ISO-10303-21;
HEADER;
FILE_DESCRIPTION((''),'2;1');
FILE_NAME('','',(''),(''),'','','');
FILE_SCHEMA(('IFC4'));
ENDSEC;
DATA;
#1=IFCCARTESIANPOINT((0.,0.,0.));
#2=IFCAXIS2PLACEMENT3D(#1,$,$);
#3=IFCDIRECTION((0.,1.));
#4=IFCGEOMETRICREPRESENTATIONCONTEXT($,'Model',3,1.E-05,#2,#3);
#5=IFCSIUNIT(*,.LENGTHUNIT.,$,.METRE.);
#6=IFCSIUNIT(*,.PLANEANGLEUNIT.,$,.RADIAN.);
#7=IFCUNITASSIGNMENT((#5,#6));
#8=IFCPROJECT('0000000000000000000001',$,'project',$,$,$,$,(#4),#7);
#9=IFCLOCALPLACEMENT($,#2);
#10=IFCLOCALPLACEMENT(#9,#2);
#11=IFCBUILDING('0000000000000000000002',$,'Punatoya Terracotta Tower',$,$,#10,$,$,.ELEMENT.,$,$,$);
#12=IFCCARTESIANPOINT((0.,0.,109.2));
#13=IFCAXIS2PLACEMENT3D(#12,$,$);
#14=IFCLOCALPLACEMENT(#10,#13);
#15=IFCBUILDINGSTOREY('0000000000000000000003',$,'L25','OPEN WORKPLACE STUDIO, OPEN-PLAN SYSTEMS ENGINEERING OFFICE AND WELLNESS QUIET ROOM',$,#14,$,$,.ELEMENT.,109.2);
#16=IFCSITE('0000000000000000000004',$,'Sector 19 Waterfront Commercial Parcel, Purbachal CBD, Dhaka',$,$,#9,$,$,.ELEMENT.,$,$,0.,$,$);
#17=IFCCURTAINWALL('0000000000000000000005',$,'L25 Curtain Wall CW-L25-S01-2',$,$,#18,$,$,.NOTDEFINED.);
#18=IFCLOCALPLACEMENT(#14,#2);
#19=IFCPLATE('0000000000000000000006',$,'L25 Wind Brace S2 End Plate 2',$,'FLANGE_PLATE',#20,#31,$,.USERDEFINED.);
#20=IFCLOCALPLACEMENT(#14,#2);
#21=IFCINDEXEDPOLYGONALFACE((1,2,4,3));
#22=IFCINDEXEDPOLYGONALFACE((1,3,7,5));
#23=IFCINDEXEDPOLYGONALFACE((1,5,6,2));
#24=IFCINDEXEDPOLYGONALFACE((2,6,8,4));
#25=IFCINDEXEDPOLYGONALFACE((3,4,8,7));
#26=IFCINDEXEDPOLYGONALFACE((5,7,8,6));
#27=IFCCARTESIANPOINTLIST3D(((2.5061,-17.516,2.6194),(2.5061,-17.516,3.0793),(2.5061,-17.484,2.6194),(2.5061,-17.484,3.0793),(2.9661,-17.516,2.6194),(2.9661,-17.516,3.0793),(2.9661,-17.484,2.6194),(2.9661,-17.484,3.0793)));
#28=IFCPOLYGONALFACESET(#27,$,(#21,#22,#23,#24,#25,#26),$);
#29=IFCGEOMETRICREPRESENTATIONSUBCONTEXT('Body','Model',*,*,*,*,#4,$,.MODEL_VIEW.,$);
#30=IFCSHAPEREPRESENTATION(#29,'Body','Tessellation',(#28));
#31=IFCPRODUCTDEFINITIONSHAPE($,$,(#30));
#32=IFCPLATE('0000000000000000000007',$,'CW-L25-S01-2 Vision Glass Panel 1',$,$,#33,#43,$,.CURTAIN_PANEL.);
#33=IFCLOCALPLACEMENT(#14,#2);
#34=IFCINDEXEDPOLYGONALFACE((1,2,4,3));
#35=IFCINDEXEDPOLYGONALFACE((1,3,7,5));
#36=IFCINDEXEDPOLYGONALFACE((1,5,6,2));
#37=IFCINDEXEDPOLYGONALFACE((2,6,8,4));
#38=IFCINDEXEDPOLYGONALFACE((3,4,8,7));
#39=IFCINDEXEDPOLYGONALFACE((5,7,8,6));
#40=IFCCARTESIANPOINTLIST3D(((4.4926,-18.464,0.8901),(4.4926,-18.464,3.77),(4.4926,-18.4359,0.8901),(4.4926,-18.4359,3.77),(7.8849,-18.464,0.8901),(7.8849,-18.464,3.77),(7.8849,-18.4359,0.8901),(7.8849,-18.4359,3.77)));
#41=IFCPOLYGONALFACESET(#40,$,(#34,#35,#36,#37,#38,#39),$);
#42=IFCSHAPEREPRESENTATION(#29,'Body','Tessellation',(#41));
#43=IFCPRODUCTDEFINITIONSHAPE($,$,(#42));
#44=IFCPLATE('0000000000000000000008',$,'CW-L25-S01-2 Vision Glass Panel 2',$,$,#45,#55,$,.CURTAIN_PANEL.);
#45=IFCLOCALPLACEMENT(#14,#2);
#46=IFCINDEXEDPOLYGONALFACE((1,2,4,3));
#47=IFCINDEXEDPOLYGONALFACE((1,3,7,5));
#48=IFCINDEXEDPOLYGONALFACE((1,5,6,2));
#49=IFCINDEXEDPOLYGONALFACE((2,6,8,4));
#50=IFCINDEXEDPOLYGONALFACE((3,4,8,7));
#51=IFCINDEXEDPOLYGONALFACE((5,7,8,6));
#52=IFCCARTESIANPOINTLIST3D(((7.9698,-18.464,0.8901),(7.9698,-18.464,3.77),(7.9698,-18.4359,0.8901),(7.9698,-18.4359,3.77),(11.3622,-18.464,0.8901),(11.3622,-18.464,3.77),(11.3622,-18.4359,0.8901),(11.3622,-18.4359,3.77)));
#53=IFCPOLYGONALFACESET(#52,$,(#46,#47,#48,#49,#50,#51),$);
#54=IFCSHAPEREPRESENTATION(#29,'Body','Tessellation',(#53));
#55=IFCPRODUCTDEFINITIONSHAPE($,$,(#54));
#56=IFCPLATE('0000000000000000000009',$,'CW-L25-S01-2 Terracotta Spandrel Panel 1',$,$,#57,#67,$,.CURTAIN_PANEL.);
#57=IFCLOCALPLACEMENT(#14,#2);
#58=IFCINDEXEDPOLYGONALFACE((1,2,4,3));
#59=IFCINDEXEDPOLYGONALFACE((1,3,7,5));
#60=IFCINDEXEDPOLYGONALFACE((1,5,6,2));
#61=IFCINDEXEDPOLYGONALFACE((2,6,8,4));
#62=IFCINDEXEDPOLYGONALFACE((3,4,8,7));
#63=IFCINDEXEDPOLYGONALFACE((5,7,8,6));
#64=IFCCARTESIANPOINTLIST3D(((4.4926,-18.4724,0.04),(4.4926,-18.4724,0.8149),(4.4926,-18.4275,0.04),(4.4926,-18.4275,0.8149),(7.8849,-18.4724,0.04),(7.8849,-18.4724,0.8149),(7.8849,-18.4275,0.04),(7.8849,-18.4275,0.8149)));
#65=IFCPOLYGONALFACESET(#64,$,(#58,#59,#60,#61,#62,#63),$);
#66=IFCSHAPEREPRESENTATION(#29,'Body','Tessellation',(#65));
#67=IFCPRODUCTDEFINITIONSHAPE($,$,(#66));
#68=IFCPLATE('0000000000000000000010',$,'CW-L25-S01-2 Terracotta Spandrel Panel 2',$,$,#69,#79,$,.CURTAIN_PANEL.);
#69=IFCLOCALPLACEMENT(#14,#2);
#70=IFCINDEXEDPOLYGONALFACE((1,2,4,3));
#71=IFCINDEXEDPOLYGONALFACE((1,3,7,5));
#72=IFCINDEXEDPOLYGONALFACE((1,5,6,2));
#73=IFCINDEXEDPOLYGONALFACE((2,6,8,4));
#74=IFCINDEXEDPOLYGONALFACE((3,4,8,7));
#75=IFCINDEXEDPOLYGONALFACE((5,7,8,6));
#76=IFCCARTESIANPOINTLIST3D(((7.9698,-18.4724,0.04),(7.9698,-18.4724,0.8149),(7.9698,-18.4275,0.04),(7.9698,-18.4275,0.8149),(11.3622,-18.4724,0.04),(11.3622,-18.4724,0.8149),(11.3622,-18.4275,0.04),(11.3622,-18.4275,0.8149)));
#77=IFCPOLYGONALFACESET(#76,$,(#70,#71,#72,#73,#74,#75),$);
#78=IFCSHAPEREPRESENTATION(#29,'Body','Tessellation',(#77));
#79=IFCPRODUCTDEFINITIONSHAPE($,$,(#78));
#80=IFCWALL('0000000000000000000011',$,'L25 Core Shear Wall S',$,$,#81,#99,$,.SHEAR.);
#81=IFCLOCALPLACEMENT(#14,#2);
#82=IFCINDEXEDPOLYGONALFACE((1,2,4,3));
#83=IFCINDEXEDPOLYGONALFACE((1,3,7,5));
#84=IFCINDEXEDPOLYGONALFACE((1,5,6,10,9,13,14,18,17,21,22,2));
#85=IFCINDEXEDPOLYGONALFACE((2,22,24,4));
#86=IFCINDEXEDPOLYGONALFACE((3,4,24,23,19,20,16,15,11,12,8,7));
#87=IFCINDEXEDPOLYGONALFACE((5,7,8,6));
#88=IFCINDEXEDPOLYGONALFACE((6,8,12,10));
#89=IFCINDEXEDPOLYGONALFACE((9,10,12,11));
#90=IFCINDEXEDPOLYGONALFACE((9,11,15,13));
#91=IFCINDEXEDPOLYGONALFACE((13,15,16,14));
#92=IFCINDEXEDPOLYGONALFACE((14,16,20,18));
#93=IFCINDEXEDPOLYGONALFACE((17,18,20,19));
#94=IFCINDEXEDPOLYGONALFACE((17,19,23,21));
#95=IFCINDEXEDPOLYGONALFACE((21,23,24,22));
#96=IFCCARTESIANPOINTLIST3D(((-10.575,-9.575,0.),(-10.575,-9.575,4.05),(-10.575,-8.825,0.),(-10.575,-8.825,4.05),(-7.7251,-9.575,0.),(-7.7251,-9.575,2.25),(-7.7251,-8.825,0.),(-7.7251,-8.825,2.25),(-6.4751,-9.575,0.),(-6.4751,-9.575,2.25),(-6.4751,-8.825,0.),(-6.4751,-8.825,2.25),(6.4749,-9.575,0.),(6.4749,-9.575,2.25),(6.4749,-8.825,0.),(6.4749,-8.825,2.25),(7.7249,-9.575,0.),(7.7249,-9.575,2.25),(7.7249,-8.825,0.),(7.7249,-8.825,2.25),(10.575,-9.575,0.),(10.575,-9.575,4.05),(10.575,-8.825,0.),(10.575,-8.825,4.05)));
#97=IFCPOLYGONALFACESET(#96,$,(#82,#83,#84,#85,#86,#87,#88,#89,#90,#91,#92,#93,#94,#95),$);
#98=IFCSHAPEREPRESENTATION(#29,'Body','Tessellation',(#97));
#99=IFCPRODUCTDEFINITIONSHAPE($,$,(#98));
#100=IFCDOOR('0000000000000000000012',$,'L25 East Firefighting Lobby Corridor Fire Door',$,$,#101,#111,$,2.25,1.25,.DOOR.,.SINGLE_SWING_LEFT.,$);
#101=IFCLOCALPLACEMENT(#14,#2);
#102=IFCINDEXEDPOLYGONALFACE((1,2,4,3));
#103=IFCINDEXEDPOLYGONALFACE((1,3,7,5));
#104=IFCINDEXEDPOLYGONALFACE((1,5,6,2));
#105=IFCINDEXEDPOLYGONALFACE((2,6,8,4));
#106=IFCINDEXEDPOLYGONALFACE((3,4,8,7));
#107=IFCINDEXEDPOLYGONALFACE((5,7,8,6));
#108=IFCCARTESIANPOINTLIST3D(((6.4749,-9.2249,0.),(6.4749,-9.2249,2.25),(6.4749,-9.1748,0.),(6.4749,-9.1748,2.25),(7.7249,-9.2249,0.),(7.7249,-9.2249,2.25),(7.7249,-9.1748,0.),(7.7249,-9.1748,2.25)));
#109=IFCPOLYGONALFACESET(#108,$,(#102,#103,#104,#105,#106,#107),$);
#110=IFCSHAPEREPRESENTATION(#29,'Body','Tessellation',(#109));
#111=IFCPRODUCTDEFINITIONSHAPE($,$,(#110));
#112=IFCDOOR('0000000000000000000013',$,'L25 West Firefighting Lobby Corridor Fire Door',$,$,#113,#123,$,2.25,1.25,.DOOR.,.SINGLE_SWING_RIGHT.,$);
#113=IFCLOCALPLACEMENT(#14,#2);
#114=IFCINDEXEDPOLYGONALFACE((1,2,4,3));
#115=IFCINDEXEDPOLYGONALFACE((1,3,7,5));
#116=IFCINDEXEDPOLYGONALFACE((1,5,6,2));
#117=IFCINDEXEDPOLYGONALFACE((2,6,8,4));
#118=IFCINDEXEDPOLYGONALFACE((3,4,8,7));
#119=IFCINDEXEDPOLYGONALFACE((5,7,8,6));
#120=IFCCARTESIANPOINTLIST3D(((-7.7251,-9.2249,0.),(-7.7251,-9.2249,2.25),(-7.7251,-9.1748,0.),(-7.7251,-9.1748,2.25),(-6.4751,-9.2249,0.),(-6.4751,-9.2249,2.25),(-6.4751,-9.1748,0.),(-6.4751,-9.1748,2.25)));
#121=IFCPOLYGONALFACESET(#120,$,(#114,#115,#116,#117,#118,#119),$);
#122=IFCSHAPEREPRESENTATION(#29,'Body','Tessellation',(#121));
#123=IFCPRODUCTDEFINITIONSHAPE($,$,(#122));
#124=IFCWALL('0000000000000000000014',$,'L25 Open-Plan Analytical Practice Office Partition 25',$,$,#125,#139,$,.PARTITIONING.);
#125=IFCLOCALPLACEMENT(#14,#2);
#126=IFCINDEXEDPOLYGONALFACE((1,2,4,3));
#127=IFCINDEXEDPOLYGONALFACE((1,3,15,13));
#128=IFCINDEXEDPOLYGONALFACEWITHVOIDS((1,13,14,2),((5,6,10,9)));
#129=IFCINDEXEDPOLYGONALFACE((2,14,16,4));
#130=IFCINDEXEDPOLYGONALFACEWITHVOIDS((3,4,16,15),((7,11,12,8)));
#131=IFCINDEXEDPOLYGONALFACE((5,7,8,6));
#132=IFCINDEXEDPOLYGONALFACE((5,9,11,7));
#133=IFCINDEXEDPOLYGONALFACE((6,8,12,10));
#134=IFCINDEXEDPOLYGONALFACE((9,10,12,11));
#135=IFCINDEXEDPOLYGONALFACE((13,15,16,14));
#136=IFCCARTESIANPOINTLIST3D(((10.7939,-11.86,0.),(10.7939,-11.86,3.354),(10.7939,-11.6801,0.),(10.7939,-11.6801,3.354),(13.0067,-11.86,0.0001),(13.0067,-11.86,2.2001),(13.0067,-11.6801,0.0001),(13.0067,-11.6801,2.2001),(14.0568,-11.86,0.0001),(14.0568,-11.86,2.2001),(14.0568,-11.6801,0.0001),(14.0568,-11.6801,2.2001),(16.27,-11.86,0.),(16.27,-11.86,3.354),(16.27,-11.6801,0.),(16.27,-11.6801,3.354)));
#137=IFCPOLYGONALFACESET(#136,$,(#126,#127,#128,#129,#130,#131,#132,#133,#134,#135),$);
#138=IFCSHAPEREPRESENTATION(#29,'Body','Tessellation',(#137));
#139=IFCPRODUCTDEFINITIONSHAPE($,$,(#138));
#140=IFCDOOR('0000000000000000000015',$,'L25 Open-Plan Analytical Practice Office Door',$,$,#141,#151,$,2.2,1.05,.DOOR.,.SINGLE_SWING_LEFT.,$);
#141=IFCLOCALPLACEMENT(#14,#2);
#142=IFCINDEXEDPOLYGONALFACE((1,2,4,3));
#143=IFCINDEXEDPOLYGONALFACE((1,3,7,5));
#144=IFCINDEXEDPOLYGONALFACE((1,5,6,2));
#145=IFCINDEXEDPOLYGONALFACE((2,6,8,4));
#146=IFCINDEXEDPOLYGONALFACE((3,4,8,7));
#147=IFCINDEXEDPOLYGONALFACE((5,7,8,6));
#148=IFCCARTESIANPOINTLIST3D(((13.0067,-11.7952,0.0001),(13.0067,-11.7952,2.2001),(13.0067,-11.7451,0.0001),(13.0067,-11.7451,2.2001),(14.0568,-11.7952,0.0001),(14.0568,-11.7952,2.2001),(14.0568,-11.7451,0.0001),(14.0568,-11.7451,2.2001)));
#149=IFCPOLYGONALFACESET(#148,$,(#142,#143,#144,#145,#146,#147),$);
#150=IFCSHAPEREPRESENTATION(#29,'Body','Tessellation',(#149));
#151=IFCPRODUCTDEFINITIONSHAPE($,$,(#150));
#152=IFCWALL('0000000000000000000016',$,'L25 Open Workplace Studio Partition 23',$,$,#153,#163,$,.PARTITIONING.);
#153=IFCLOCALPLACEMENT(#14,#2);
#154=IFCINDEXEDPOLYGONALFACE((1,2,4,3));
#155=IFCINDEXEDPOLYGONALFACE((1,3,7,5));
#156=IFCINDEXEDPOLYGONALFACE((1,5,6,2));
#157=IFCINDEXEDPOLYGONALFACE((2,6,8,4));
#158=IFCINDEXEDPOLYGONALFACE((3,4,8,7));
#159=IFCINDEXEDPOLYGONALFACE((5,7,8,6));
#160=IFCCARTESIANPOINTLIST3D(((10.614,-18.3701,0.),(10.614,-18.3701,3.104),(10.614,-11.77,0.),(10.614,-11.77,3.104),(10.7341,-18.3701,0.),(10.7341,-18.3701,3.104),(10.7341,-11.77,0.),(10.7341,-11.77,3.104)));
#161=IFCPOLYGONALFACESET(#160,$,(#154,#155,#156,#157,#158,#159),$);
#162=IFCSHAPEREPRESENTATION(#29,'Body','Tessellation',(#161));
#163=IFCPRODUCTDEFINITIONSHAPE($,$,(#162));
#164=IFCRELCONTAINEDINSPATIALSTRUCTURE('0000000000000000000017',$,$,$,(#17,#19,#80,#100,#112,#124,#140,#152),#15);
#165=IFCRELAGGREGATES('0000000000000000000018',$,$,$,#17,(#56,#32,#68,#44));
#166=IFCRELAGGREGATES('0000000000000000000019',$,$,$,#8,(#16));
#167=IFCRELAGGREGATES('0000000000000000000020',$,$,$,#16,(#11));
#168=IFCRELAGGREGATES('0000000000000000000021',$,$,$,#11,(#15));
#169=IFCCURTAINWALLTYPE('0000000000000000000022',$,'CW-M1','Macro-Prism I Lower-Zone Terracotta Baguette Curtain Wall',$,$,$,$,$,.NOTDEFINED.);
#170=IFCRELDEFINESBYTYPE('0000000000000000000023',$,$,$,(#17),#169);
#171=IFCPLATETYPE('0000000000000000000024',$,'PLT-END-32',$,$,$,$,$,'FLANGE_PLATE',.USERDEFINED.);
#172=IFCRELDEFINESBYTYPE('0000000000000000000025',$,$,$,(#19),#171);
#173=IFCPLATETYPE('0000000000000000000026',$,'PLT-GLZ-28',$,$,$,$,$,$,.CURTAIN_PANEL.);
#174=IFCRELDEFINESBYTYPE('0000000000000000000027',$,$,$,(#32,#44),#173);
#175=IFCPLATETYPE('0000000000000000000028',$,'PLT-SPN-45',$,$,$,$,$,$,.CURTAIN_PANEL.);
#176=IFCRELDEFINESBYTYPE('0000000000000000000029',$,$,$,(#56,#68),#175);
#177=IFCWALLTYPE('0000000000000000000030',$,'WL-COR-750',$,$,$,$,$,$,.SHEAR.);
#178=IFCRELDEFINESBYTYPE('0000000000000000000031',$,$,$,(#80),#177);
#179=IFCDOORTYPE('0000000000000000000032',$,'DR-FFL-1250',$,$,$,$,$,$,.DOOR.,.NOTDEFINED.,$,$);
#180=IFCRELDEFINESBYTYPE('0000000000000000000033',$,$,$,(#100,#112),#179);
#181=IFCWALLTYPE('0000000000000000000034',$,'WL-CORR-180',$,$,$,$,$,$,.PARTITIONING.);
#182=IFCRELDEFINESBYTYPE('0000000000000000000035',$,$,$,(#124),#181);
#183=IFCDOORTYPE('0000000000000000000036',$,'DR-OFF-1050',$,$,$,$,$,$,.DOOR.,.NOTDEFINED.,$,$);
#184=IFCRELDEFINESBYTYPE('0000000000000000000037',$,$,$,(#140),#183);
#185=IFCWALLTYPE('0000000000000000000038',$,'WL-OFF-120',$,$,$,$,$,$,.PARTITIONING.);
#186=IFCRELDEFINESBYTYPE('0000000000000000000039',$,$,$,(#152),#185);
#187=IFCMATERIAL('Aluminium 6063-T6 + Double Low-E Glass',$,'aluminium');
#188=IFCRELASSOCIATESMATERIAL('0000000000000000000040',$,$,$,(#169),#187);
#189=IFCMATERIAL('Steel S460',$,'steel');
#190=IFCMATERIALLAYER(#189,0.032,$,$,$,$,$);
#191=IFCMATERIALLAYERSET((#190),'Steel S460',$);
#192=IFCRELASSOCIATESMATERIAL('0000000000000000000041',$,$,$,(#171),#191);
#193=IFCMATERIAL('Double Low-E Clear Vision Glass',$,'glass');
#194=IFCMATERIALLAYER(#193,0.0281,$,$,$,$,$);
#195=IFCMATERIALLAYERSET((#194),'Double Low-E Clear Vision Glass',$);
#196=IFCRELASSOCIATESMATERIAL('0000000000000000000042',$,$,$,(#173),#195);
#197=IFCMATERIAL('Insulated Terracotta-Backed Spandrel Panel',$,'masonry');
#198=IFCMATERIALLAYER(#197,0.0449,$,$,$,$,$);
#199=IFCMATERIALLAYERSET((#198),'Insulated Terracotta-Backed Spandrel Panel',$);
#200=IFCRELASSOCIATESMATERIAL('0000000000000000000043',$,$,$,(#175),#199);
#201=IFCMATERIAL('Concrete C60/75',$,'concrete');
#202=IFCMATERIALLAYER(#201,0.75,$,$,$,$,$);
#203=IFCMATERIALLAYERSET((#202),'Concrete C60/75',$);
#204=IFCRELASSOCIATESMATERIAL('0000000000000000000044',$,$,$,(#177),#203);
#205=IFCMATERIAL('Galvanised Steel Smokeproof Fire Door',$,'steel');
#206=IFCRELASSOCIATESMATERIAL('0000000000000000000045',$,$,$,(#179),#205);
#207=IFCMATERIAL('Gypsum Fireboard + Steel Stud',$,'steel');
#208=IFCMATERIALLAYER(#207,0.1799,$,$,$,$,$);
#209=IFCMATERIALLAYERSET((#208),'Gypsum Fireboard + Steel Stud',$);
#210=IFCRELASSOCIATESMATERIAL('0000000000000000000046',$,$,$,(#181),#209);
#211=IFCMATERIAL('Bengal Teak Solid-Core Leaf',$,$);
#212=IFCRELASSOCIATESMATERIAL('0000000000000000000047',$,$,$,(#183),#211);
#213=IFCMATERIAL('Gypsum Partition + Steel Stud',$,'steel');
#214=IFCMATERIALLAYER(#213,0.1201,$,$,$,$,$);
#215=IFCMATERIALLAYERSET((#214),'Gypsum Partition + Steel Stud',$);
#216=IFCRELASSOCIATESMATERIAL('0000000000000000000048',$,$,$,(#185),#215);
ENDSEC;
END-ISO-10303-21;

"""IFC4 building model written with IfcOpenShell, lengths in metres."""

from ifc_helpers import new_model, si_unit, direction, frame, frame_2d, origin, origin_2d, place, context, subcontext, project, spatial, rectangle, extrude, material, layer, layer_set, type_object, element, fill, aggregate, save


model = new_model("IFC4")

# Units and contexts
model_context = context("Model", 3, precision=1e-05, world=origin(), true_north=direction((0.0, 1.0)))
body_context = subcontext(model_context, "Body", "Model", "MODEL_VIEW")
ifc_project = project(units=[si_unit("LENGTHUNIT", "METRE"), si_unit("PLANEANGLEUNIT", "RADIAN")], contexts=[model_context])

# Site, building, storey
site_placement = place(None, origin())
site = spatial("IfcSite", under=ifc_project, at=site_placement, Name="Sector 19 Waterfront Commercial Parcel, Purbachal CBD, Dhaka", CompositionType="ELEMENT", RefElevation=0.0)
building_placement = place(site_placement, origin())
building = spatial("IfcBuilding", under=site, at=building_placement, Name="Punatoya Terracotta Tower", CompositionType="ELEMENT")
storey_placement = place(building_placement, frame((0.0, 0.0, 109.2)))
storey = spatial("IfcBuildingStorey", under=building, at=storey_placement, Name="L25", Description="OPEN WORKPLACE STUDIO, OPEN-PLAN SYSTEMS ENGINEERING OFFICE AND WELLNESS QUIET ROOM", CompositionType="ELEMENT", Elevation=109.2)

# Shared definitions
ifc_material_1 = material(Name="Steel S460", Category="steel")

# Curtain wall
ifc_material_2 = material(Name="Aluminium 6063-T6 + Double Low-E Glass", Category="aluminium")
curtain_wall_type = type_object("IfcCurtainWallType", Name="CW-M1", Description="Macro-Prism I Lower-Zone Terracotta Baguette Curtain Wall", PredefinedType="NOTDEFINED", material=ifc_material_2)
curtain_wall_placement = place(storey_placement, origin())
curtain_wall = element("IfcCurtainWall", 1, at=curtain_wall_placement, inside=storey, type_object=curtain_wall_type, Name="L25 Curtain Wall CW-L25-S01-2", PredefinedType="NOTDEFINED")

# Plates
ifc_layer_1 = layer(ifc_material_1, 0.032)
ifc_layer_set_1 = layer_set([ifc_layer_1], Name="Steel S460")
plate_type_1 = type_object("IfcPlateType", Name="PLT-END-32", ElementType="FLANGE_PLATE", PredefinedType="USERDEFINED", material=ifc_layer_set_1)
plate_1_placement = place(storey_placement, frame((2.7361, -17.5, 2.6194), z_axis=(0.0, 0.0, 1.0), x_axis=(1.0, 0.0, 0.0)))
element("IfcPlate", 2, at=plate_1_placement, inside=storey, type_object=plate_type_1, Name="L25 Wind Brace S2 End Plate 2", ObjectType="FLANGE_PLATE", PredefinedType="USERDEFINED", context=body_context, shape_type="SweptSolid", body=[
    extrude(rectangle(XDim=0.46, YDim=0.032, at=origin_2d()), origin(), (0.0, 0.0, 1.0), 0.46),
])
ifc_material_3 = material(Name="Double Low-E Clear Vision Glass", Category="glass")
ifc_layer_2 = layer(ifc_material_3, 0.0281)
ifc_layer_set_2 = layer_set([ifc_layer_2], Name="Double Low-E Clear Vision Glass")
plate_type_2 = type_object("IfcPlateType", Name="PLT-GLZ-28", PredefinedType="CURTAIN_PANEL", material=ifc_layer_set_2)
plate_2_placement = place(storey_placement, frame((6.1887, -18.45, 0.8901), z_axis=(0.0, 0.0, 1.0), x_axis=(1.0, 0.0, 0.0)))
plate_2 = element("IfcPlate", 3, at=plate_2_placement, type_object=plate_type_2, Name="CW-L25-S01-2 Vision Glass Panel 1", PredefinedType="CURTAIN_PANEL", context=body_context, shape_type="SweptSolid", body=[
    extrude(rectangle(XDim=3.3923, YDim=0.0281, at=origin_2d()), origin(), (0.0, 0.0, 1.0), 2.8799),
])
plate_3_placement = place(storey_placement, frame((9.666, -18.45, 0.8901), z_axis=(0.0, 0.0, 1.0), x_axis=(1.0, 0.0, 0.0)))
plate_3 = element("IfcPlate", 4, at=plate_3_placement, type_object=plate_type_2, Name="CW-L25-S01-2 Vision Glass Panel 2", PredefinedType="CURTAIN_PANEL", context=body_context, shape_type="SweptSolid", body=[
    extrude(rectangle(XDim=3.3923, YDim=0.0281, at=origin_2d()), origin(), (0.0, 0.0, 1.0), 2.8799),
])
ifc_material_4 = material(Name="Insulated Terracotta-Backed Spandrel Panel", Category="masonry")
ifc_layer_3 = layer(ifc_material_4, 0.0449)
ifc_layer_set_3 = layer_set([ifc_layer_3], Name="Insulated Terracotta-Backed Spandrel Panel")
plate_type_3 = type_object("IfcPlateType", Name="PLT-SPN-45", PredefinedType="CURTAIN_PANEL", material=ifc_layer_set_3)
plate_4_placement = place(storey_placement, frame((6.1887, -18.45, 0.04), z_axis=(0.0, 0.0, 1.0), x_axis=(1.0, 0.0, 0.0)))
plate_4 = element("IfcPlate", 5, at=plate_4_placement, type_object=plate_type_3, Name="CW-L25-S01-2 Terracotta Spandrel Panel 1", PredefinedType="CURTAIN_PANEL", context=body_context, shape_type="SweptSolid", body=[
    extrude(rectangle(XDim=3.3923, YDim=0.0449, at=origin_2d()), origin(), (0.0, 0.0, 1.0), 0.7749),
])
plate_5_placement = place(storey_placement, frame((9.666, -18.45, 0.04), z_axis=(0.0, 0.0, 1.0), x_axis=(1.0, 0.0, 0.0)))
plate_5 = element("IfcPlate", 6, at=plate_5_placement, type_object=plate_type_3, Name="CW-L25-S01-2 Terracotta Spandrel Panel 2", PredefinedType="CURTAIN_PANEL", context=body_context, shape_type="SweptSolid", body=[
    extrude(rectangle(XDim=3.3923, YDim=0.0449, at=origin_2d()), origin(), (0.0, 0.0, 1.0), 0.7749),
])
aggregate(curtain_wall, [plate_4, plate_2, plate_5, plate_3])

# Wall, openings, doors
ifc_material_5 = material(Name="Concrete C60/75", Category="concrete")
ifc_layer_4 = layer(ifc_material_5, 0.75)
ifc_layer_set_4 = layer_set([ifc_layer_4], Name="Concrete C60/75")
wall_type_1 = type_object("IfcWallType", Name="WL-COR-750", PredefinedType="SHEAR", material=ifc_layer_set_4)
wall_1_placement = place(storey_placement, frame((10.575, -9.2, 0.0), z_axis=(0.0, 0.0, 1.0), x_axis=(-1.0, 0.0, 0.0)))
wall_1 = element("IfcWall", 7, at=wall_1_placement, inside=storey, type_object=wall_type_1, Name="L25 Core Shear Wall S", PredefinedType="SHEAR", context=body_context, shape_type="SweptSolid", body=[
    extrude(rectangle(XDim=21.1499, YDim=0.75, at=frame_2d((10.575, 0.0))), origin(), (0.0, 0.0, 1.0), 4.05),
])
opening_1_placement = place(wall_1_placement, frame((2.8501, 0.0, 0.0)))
opening_1 = element("IfcOpeningElement", 8, at=opening_1_placement, cuts=wall_1, PredefinedType="OPENING", context=body_context, shape_type="SweptSolid", body=[
    extrude(rectangle(XDim=1.25, YDim=2.25, at=frame_2d((0.625, 1.125))), frame((0.0, 0.385, 0.0), z_axis=(0.0, -1.0, 0.0), x_axis=(1.0, 0.0, 0.0)), (0.0, 0.0, 1.0), 0.77),
])
opening_2_placement = place(wall_1_placement, frame((17.05, 0.0, 0.0)))
opening_2 = element("IfcOpeningElement", 9, at=opening_2_placement, cuts=wall_1, PredefinedType="OPENING", context=body_context, shape_type="SweptSolid", body=[
    extrude(rectangle(XDim=1.25, YDim=2.25, at=frame_2d((0.625, 1.125))), frame((0.0, 0.385, 0.0), z_axis=(0.0, -1.0, 0.0), x_axis=(1.0, 0.0, 0.0)), (0.0, 0.0, 1.0), 0.77),
])
ifc_material_6 = material(Name="Galvanised Steel Smokeproof Fire Door", Category="steel")
door_type_1 = type_object("IfcDoorType", Name="DR-FFL-1250", OperationType="NOTDEFINED", PredefinedType="DOOR", material=ifc_material_6)
door_1_placement = place(opening_1_placement, origin())
door_1 = element("IfcDoor", 10, at=door_1_placement, inside=storey, type_object=door_type_1, Name="L25 East Firefighting Lobby Corridor Fire Door", OperationType="SINGLE_SWING_LEFT", OverallHeight=2.25, OverallWidth=1.25, PredefinedType="DOOR", context=body_context, shape_type="SweptSolid", body=[
    extrude(rectangle(XDim=1.25, YDim=2.25, at=frame_2d((0.625, 1.125))), frame((0.0, 0.0249, 0.0), z_axis=(0.0, -1.0, 0.0), x_axis=(1.0, 0.0, 0.0)), (0.0, 0.0, 1.0), 0.05),
])
fill(opening_1, door_1)
door_2_placement = place(opening_2_placement, origin())
door_2 = element("IfcDoor", 11, at=door_2_placement, inside=storey, type_object=door_type_1, Name="L25 West Firefighting Lobby Corridor Fire Door", OperationType="SINGLE_SWING_RIGHT", OverallHeight=2.25, OverallWidth=1.25, PredefinedType="DOOR", context=body_context, shape_type="SweptSolid", body=[
    extrude(rectangle(XDim=1.25, YDim=2.25, at=frame_2d((0.625, 1.125))), frame((0.0, 0.0249, 0.0), z_axis=(0.0, -1.0, 0.0), x_axis=(1.0, 0.0, 0.0)), (0.0, 0.0, 1.0), 0.05),
])
fill(opening_2, door_2)

# Wall, opening, door
ifc_material_7 = material(Name="Gypsum Fireboard + Steel Stud", Category="steel")
ifc_layer_5 = layer(ifc_material_7, 0.1799)
ifc_layer_set_5 = layer_set([ifc_layer_5], Name="Gypsum Fireboard + Steel Stud")
wall_type_2 = type_object("IfcWallType", Name="WL-CORR-180", PredefinedType="PARTITIONING", material=ifc_layer_set_5)
wall_2_placement = place(storey_placement, frame((10.7939, -11.77, 0.0), z_axis=(0.0, 0.0, 1.0), x_axis=(1.0, 0.0, 0.0)))
wall_2 = element("IfcWall", 12, at=wall_2_placement, inside=storey, type_object=wall_type_2, Name="L25 Open-Plan Analytical Practice Office Partition 25", PredefinedType="PARTITIONING", context=body_context, shape_type="SweptSolid", body=[
    extrude(rectangle(XDim=5.4761, YDim=0.1799, at=frame_2d((2.738, 0.0))), origin(), (0.0, 0.0, 1.0), 3.354),
])
opening_3_placement = place(wall_2_placement, frame((2.2129, 0.0, 0.0)))
opening_3 = element("IfcOpeningElement", 13, at=opening_3_placement, cuts=wall_2, PredefinedType="OPENING", context=body_context, shape_type="SweptSolid", body=[
    extrude(rectangle(XDim=1.05, YDim=2.2, at=frame_2d((0.5249, 1.1001))), frame((0.0, 0.0999, 0.0), z_axis=(0.0, -1.0, 0.0), x_axis=(1.0, 0.0, 0.0)), (0.0, 0.0, 1.0), 0.2),
])
ifc_material_8 = material(Name="Bengal Teak Solid-Core Leaf")
door_type_2 = type_object("IfcDoorType", Name="DR-OFF-1050", OperationType="NOTDEFINED", PredefinedType="DOOR", material=ifc_material_8)
door_3_placement = place(opening_3_placement, origin())
door_3 = element("IfcDoor", 14, at=door_3_placement, inside=storey, type_object=door_type_2, Name="L25 Open-Plan Analytical Practice Office Door", OperationType="SINGLE_SWING_LEFT", OverallHeight=2.2, OverallWidth=1.05, PredefinedType="DOOR", context=body_context, shape_type="SweptSolid", body=[
    extrude(rectangle(XDim=1.05, YDim=2.2, at=frame_2d((0.5249, 1.1001))), frame((0.0, 0.0249, 0.0), z_axis=(0.0, -1.0, 0.0), x_axis=(1.0, 0.0, 0.0)), (0.0, 0.0, 1.0), 0.05),
])
fill(opening_3, door_3)

# Wall
ifc_material_9 = material(Name="Gypsum Partition + Steel Stud", Category="steel")
ifc_layer_6 = layer(ifc_material_9, 0.1201)
ifc_layer_set_6 = layer_set([ifc_layer_6], Name="Gypsum Partition + Steel Stud")
wall_type_3 = type_object("IfcWallType", Name="WL-OFF-120", PredefinedType="PARTITIONING", material=ifc_layer_set_6)
wall_3_placement = place(storey_placement, frame((10.6741, -11.77, 0.0), z_axis=(0.0, 0.0, 1.0), x_axis=(0.0, -1.0, 0.0)))
element("IfcWall", 15, at=wall_3_placement, inside=storey, type_object=wall_type_3, Name="L25 Open Workplace Studio Partition 23", PredefinedType="PARTITIONING", context=body_context, shape_type="SweptSolid", body=[
    extrude(rectangle(XDim=6.6001, YDim=0.1201, at=frame_2d((3.3, 0.0))), origin(), (0.0, 0.0, 1.0), 3.104),
])

save(model, "model.ifc")
